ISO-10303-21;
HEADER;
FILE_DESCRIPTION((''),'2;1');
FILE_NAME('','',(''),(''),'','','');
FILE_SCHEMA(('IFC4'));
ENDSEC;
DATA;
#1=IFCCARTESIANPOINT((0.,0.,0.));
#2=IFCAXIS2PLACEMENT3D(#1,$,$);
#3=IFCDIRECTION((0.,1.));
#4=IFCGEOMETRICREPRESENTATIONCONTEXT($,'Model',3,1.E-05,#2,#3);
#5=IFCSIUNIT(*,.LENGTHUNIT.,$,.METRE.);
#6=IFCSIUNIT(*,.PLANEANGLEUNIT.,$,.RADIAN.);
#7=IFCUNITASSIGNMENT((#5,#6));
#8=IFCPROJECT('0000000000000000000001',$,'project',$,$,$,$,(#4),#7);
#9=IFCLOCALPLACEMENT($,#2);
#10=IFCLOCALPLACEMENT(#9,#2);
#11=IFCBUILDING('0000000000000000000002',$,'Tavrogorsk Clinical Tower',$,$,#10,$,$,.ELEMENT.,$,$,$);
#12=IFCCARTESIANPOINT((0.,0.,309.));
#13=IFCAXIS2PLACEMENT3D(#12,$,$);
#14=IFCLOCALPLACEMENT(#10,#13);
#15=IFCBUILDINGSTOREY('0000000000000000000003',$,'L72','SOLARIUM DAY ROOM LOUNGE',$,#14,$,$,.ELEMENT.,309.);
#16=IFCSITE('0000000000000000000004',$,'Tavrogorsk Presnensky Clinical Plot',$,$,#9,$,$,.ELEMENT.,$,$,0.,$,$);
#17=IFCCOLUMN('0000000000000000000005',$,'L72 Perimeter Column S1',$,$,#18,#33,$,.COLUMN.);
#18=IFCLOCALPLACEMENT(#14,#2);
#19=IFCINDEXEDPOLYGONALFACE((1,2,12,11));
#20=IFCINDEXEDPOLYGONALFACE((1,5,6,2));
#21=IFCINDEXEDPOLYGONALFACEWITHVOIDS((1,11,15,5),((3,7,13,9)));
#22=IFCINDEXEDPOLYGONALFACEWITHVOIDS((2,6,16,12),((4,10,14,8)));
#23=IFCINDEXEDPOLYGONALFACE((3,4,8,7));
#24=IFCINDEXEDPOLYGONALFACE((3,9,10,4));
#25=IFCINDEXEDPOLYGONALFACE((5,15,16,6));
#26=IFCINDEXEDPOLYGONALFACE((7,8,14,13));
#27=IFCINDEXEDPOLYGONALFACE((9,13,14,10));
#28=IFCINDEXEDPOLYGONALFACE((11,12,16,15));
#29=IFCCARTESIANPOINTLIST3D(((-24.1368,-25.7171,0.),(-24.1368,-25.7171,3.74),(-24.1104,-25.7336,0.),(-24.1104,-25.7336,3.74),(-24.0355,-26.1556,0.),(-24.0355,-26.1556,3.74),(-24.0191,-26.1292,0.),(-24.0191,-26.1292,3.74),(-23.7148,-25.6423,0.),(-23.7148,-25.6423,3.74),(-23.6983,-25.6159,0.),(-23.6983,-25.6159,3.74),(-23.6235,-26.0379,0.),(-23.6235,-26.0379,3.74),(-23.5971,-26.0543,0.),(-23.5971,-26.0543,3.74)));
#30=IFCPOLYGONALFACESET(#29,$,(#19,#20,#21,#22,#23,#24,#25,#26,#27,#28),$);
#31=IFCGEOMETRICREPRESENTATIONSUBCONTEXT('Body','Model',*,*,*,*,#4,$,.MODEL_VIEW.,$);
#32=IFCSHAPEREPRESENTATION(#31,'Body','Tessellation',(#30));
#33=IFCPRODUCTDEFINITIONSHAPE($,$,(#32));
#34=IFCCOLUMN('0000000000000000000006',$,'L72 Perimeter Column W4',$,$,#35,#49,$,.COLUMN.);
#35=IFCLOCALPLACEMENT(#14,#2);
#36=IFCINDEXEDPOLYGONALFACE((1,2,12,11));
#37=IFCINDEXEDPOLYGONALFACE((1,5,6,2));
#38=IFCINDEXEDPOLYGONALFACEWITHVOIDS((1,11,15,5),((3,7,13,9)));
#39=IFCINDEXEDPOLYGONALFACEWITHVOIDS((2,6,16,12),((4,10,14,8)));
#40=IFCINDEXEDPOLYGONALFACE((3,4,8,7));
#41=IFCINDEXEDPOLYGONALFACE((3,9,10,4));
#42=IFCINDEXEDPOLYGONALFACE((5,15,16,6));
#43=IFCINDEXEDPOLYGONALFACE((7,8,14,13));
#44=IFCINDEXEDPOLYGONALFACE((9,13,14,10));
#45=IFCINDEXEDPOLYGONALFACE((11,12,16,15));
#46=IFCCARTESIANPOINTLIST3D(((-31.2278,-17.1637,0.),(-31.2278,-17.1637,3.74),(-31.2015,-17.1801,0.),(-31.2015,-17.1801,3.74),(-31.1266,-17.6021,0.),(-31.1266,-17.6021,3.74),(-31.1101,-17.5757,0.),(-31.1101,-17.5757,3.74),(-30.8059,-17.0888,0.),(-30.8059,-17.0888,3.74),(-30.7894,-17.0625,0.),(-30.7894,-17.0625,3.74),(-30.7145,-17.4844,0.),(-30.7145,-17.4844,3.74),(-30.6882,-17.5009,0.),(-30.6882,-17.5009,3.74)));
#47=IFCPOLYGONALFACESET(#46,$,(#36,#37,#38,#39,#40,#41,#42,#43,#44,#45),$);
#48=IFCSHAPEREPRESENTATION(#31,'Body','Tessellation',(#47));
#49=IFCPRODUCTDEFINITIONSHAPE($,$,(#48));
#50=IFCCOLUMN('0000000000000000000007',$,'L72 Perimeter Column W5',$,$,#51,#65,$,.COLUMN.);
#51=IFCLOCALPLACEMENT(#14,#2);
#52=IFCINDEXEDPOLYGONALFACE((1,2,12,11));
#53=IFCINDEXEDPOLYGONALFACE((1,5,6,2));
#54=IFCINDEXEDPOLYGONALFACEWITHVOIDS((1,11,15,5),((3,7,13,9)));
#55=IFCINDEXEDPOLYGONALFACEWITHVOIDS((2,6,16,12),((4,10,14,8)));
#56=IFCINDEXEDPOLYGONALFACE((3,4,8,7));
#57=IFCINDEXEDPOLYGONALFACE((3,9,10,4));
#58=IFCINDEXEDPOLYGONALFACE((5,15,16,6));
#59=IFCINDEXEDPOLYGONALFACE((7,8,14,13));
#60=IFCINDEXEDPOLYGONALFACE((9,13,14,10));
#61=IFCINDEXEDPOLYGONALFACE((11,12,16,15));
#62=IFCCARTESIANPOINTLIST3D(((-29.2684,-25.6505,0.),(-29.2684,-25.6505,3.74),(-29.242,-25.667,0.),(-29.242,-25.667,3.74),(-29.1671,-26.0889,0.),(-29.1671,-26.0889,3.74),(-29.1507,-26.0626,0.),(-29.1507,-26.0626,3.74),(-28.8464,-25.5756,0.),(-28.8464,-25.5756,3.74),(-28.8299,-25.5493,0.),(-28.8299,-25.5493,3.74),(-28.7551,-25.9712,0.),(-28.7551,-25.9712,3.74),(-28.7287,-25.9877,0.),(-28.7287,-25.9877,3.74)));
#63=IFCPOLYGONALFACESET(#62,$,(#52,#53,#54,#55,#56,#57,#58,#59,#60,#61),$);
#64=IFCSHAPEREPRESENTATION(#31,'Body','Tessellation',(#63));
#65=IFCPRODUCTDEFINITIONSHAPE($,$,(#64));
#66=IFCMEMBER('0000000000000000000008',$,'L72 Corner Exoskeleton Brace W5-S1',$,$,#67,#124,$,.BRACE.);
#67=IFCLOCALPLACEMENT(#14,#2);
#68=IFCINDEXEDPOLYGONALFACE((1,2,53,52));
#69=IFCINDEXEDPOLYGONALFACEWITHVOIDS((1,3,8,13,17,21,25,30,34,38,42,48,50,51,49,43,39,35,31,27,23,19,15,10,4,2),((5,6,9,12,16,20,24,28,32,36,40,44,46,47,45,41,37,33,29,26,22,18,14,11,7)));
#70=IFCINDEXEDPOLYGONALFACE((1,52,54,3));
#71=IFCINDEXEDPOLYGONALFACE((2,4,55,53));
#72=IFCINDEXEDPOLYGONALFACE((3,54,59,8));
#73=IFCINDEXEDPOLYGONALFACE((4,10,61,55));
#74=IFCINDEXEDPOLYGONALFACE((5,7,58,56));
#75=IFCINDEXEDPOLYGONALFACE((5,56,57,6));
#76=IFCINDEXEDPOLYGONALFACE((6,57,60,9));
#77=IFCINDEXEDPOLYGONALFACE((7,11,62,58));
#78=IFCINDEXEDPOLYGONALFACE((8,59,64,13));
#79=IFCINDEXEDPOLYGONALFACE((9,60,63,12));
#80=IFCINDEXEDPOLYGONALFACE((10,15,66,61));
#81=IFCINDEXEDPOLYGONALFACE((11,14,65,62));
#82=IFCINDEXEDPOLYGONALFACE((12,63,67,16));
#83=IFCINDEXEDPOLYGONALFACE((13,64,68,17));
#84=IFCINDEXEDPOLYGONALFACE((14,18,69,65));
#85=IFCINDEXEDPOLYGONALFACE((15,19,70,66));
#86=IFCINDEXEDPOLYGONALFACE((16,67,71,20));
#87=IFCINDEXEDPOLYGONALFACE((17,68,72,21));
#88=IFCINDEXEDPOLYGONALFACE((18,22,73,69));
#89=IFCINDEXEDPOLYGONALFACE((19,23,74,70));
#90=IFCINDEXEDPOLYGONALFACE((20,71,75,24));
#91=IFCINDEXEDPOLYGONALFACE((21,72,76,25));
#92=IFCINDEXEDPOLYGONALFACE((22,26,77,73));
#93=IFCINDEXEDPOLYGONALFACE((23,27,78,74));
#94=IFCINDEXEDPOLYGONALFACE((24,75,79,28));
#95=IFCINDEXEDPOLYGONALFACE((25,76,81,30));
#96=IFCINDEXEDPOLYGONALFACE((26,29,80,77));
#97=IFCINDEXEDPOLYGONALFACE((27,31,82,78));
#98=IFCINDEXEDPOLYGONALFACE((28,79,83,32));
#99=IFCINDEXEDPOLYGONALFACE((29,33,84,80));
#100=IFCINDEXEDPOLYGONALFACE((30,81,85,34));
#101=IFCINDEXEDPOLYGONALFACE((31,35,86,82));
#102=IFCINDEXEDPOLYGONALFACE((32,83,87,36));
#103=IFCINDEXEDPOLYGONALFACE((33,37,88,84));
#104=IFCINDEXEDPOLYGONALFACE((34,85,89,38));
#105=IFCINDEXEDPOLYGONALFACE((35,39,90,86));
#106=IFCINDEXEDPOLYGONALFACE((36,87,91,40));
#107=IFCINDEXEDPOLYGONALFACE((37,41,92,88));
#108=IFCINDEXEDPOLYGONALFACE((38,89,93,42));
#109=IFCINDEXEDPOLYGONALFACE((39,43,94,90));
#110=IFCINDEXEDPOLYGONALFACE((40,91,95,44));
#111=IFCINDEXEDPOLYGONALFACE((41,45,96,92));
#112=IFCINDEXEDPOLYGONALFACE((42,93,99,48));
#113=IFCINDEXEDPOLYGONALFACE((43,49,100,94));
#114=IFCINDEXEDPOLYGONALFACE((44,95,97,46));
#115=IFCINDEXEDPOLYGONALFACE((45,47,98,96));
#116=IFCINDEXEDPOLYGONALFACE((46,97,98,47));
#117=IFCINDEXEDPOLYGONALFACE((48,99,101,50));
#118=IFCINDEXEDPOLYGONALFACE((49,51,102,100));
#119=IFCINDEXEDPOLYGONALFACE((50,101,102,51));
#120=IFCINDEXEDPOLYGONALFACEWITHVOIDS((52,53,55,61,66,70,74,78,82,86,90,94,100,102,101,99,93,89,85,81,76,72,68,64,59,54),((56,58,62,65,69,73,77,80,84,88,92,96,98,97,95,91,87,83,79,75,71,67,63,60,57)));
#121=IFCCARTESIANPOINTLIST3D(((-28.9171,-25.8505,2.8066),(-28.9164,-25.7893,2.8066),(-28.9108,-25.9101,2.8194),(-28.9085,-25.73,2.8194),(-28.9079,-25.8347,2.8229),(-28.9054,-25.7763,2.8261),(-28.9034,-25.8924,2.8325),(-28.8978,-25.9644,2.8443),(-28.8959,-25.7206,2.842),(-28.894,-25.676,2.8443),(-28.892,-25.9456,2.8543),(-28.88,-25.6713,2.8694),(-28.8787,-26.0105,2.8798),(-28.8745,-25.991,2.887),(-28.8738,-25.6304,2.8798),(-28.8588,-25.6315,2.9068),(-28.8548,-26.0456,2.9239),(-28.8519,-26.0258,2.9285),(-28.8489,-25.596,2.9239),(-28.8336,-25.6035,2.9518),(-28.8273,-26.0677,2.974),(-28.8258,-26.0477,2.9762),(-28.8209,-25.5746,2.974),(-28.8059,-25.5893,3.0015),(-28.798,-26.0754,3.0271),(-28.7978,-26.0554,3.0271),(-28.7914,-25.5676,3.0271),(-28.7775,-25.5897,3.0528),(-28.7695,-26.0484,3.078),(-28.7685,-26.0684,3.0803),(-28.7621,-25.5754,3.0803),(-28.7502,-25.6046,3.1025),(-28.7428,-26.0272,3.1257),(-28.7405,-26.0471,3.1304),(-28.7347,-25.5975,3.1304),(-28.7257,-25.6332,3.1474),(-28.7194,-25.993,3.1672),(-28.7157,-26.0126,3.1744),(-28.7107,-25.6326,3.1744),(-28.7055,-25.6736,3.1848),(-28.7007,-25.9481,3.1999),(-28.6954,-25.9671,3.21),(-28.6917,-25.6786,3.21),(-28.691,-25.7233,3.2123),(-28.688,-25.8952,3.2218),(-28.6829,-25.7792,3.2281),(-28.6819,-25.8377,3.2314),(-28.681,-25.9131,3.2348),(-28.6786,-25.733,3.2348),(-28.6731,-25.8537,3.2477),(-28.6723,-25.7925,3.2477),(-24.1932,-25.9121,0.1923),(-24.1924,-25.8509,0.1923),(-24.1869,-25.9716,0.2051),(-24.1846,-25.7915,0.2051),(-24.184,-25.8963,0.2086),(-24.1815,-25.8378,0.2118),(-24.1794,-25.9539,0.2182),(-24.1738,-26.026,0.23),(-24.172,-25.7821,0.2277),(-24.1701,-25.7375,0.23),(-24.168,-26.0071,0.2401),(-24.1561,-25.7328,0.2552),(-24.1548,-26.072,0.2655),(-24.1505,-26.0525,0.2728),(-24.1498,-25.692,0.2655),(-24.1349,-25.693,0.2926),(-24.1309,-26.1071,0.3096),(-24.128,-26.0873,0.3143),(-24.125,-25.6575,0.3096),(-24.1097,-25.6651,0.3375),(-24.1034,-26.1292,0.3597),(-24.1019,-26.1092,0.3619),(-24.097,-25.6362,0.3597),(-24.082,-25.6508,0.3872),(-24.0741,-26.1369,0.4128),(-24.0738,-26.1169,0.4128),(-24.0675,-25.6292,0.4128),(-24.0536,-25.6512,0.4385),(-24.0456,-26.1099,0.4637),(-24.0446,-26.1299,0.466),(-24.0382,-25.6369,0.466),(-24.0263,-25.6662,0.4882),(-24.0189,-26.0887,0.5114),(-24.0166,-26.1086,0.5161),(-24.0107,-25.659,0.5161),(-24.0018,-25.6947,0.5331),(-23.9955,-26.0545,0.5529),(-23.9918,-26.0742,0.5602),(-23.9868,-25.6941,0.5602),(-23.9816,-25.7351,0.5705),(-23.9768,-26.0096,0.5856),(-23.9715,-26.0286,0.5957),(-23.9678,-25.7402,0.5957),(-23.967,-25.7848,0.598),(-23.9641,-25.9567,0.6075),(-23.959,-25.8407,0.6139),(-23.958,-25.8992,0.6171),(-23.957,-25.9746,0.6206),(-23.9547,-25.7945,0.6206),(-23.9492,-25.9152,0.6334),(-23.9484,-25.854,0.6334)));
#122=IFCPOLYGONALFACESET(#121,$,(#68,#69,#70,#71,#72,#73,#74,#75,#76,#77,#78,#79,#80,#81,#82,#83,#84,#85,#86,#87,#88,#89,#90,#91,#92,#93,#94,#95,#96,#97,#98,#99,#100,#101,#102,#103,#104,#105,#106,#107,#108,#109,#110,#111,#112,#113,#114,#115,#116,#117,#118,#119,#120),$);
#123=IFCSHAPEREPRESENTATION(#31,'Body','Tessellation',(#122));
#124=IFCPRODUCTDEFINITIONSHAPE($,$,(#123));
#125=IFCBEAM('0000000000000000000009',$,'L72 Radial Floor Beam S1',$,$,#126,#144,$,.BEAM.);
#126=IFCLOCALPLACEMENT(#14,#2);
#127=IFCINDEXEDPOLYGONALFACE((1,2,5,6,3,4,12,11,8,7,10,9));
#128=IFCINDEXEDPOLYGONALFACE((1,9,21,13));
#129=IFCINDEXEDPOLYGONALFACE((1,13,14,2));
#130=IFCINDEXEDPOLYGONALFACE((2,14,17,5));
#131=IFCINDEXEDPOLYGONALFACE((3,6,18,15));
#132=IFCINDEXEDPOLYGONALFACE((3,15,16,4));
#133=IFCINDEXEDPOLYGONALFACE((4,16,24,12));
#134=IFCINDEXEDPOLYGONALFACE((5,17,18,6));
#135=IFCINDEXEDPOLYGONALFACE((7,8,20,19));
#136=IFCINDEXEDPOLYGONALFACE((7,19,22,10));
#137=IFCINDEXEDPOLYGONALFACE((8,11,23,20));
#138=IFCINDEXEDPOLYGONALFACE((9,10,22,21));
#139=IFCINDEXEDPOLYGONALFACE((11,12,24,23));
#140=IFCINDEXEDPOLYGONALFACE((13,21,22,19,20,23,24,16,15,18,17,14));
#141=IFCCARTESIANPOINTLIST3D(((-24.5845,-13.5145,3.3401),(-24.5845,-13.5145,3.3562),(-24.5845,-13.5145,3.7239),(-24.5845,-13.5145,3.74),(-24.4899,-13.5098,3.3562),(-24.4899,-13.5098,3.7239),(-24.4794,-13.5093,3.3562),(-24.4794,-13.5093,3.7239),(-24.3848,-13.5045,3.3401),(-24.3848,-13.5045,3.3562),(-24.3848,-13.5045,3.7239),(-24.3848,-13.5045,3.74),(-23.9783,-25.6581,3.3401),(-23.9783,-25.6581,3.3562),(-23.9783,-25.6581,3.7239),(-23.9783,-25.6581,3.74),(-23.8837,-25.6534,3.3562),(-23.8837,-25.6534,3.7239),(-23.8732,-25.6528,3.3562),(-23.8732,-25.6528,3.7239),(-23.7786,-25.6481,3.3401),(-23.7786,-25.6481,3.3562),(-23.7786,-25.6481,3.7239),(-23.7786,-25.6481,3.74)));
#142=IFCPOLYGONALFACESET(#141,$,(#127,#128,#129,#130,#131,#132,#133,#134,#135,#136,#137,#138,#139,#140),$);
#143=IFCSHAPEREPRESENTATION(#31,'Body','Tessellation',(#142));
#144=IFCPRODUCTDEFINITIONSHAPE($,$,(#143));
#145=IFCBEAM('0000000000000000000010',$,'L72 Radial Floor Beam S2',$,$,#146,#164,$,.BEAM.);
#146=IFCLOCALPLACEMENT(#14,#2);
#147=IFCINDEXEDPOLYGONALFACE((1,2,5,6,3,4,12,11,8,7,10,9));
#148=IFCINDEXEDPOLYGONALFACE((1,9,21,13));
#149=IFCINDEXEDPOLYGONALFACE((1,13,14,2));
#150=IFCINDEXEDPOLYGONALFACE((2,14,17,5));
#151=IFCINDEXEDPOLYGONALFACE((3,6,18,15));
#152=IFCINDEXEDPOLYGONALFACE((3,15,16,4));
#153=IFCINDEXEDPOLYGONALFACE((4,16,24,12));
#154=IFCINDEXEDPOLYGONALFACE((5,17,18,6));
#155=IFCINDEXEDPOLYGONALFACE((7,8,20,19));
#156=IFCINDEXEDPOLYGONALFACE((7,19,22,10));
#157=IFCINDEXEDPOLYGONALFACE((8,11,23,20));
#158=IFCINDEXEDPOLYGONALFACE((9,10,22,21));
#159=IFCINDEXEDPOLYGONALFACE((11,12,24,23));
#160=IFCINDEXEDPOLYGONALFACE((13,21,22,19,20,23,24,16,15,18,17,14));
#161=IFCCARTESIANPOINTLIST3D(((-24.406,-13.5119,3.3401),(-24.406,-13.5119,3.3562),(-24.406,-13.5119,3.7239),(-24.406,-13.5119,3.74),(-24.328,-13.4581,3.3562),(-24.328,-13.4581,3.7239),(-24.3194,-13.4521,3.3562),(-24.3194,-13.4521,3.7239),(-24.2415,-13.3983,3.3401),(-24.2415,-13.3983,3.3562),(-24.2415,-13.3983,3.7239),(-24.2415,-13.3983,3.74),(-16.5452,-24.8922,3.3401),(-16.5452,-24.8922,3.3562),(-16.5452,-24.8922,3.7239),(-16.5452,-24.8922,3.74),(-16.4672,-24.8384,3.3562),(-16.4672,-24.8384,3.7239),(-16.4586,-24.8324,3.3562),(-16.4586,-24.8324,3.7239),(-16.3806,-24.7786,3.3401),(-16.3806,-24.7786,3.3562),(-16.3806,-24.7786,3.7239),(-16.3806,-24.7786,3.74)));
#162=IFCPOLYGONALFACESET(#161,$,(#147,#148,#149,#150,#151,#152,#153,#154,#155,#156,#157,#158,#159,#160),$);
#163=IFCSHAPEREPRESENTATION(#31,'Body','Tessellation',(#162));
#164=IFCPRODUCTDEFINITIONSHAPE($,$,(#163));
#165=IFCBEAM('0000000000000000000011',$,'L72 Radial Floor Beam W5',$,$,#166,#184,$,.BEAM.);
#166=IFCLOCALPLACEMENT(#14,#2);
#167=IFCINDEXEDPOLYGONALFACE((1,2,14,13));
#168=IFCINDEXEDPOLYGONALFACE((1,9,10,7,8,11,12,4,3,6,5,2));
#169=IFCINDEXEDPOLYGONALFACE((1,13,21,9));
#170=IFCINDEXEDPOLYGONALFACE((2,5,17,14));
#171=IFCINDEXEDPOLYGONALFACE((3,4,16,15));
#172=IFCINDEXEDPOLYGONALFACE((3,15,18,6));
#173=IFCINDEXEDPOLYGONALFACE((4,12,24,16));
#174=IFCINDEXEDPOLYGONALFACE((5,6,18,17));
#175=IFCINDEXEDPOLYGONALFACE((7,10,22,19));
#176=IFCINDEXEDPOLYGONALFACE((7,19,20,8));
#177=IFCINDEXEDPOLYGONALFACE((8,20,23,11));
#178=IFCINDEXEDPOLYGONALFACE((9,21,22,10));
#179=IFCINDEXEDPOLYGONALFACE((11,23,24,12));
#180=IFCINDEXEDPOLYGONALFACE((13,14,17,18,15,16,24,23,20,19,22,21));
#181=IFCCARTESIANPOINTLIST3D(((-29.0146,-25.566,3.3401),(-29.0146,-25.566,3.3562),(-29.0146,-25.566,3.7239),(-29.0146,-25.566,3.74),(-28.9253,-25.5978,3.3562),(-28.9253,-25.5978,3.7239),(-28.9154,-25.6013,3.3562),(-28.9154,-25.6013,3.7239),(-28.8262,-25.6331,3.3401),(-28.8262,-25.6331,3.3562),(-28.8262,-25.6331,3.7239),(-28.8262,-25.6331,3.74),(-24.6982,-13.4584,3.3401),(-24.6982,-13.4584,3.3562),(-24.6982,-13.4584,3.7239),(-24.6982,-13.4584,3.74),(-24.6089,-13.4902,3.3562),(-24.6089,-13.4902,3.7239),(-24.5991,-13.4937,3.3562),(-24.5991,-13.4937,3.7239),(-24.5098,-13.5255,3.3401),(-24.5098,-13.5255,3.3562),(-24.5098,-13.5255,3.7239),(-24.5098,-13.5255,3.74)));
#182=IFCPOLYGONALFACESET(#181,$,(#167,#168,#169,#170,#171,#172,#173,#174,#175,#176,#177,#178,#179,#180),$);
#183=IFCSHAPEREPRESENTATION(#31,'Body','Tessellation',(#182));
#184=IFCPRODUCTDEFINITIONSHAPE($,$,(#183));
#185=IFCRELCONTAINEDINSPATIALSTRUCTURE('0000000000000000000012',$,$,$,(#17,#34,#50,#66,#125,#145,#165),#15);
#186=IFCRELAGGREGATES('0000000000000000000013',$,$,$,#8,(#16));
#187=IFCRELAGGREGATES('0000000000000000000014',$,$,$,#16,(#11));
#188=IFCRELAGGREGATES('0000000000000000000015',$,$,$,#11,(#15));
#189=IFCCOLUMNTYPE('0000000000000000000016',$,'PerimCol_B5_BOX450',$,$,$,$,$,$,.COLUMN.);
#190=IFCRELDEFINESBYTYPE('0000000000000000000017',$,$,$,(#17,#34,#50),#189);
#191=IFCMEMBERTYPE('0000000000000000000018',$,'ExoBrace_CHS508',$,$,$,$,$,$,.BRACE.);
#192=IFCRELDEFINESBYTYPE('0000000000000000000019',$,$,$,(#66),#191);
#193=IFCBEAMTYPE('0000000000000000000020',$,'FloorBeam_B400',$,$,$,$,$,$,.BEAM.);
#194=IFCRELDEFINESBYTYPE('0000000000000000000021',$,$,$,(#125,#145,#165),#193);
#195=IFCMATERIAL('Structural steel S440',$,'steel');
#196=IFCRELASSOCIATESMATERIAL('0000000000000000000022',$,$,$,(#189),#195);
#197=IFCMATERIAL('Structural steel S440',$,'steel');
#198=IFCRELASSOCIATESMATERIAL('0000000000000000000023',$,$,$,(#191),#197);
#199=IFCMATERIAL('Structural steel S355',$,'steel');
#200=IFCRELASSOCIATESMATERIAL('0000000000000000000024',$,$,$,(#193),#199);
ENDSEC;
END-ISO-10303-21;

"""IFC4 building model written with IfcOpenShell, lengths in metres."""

from ifc_helpers import new_model, si_unit, direction, frame, origin, origin_2d, place, context, subcontext, project, spatial, hollow_rectangle, hollow_circle, i_section, extrude, material, material_profile, profile_set, type_object, element, save


model = new_model("IFC4")

# Units and contexts
model_context = context("Model", 3, precision=1e-05, world=origin(), true_north=direction((0.0, 1.0)))
body_context = subcontext(model_context, "Body", "Model", "MODEL_VIEW")
ifc_project = project(units=[si_unit("LENGTHUNIT", "METRE"), si_unit("PLANEANGLEUNIT", "RADIAN")], contexts=[model_context])

# Site, building, storey
site_placement = place(None, origin())
site = spatial("IfcSite", under=ifc_project, at=site_placement, Name="Tavrogorsk Presnensky Clinical Plot", CompositionType="ELEMENT", RefElevation=0.0)
building_placement = place(site_placement, origin())
building = spatial("IfcBuilding", under=site, at=building_placement, Name="Tavrogorsk Clinical Tower", CompositionType="ELEMENT")
storey_placement = place(building_placement, frame((0.0, 0.0, 309.0)))
storey = spatial("IfcBuildingStorey", under=building, at=storey_placement, Name="L72", Description="SOLARIUM DAY ROOM LOUNGE", CompositionType="ELEMENT", Elevation=309.0)

# Columns
ifc_material_1 = material(Name="Structural steel S440", Category="steel")
ifc_material_profile_1 = material_profile(ifc_material_1, hollow_rectangle(XDim=0.45, YDim=0.45, WallThickness=0.022, at=origin_2d()), Name="BOX-450x450x22")
ifc_profile_set_1 = profile_set([ifc_material_profile_1], Name="Structural steel S440")
column_type = type_object("IfcColumnType", Name="PerimCol_B5_BOX450", PredefinedType="COLUMN", material=ifc_profile_set_1)
for number, where, z_axis, x_axis, name in (
    (1, (-23.8669, -25.8857, 0.0), (0.0, 0.0, 1.0), (0.97437, 0.224951, 0.0), "L72 Perimeter Column S1"),
    (2, (-30.958, -17.3323, 0.0), (0.0, 0.0, 1.0), (0.97437, 0.224951, 0.0), "L72 Perimeter Column W4"),
    (3, (-28.9985, -25.8191, 0.0), (0.0, 0.0, 1.0), (0.97437, 0.224951, 0.0), "L72 Perimeter Column W5"),
):
    element("IfcColumn", number, at=place(storey_placement, frame(where, z_axis=z_axis, x_axis=x_axis)), inside=storey, type_object=column_type, Name=name, PredefinedType="COLUMN", context=body_context, shape_type="SweptSolid", body=[
        extrude(hollow_rectangle(XDim=0.45, YDim=0.45, WallThickness=0.022, at=origin_2d()), origin(), (0.0, 0.0, 1.0), 3.74),
    ])

# Member
ifc_material_2 = material(Name="Structural steel S440", Category="steel")
ifc_material_profile_2 = material_profile(ifc_material_2, hollow_circle(Radius=0.2539, WallThickness=0.02, at=origin_2d()), Name="CHS-508x20")
ifc_profile_set_2 = profile_set([ifc_material_profile_2], Name="Structural steel S440")
member_type_1 = type_object("IfcMemberType", Name="ExoBrace_CHS508", PredefinedType="BRACE", material=ifc_profile_set_2)
member_placement = place(storey_placement, frame((-24.0708, -25.8831, 0.4128), z_axis=(-0.874895, 0.011395, 0.484179), x_axis=(-0.013023, -0.999915, 0.0)))
element("IfcMember", 4, at=member_placement, inside=storey, type_object=member_type_1, Name="L72 Corner Exoskeleton Brace W5-S1", PredefinedType="BRACE", context=body_context, shape_type="SweptSolid", body=[
    extrude(hollow_circle(Radius=0.2539, WallThickness=0.02, at=origin_2d()), origin(), (0.0, 0.0, 1.0), 5.3994),
])

# Beams
ifc_material_3 = material(Name="Structural steel S355", Category="steel")
ifc_material_profile_3 = material_profile(ifc_material_3, i_section(OverallWidth=0.2, OverallDepth=0.3999, WebThickness=0.0105, FlangeThickness=0.0161, at=origin_2d()), Name="B-400x200x10.5x16")
ifc_profile_set_3 = profile_set([ifc_material_profile_3], Name="Structural steel S355")
beam_type_1 = type_object("IfcBeamType", Name="FloorBeam_B400", PredefinedType="BEAM", material=ifc_profile_set_3)
beam_1_placement = place(storey_placement, frame((-24.4846, -13.5095, 3.54), z_axis=(0.049857, -0.998756, 0.0), x_axis=(0.998756, 0.049857, 0.0)))
element("IfcBeam", 5, at=beam_1_placement, inside=storey, type_object=beam_type_1, Name="L72 Radial Floor Beam S1", PredefinedType="BEAM", context=body_context, shape_type="SweptSolid", body=[
    extrude(i_section(OverallWidth=0.2, OverallDepth=0.3999, WebThickness=0.0105, FlangeThickness=0.0161, at=origin_2d()), origin(), (0.0, 0.0, 1.0), 12.1587),
])
beam_2_placement = place(storey_placement, frame((-24.3237, -13.4551, 3.54), z_axis=(0.568336, -0.822797, 0.0), x_axis=(0.822797, 0.568336, 0.0)))
element("IfcBeam", 6, at=beam_2_placement, inside=storey, type_object=beam_type_1, Name="L72 Radial Floor Beam S2", PredefinedType="BEAM", context=body_context, shape_type="SweptSolid", body=[
    extrude(i_section(OverallWidth=0.2, OverallDepth=0.3999, WebThickness=0.0105, FlangeThickness=0.0161, at=origin_2d()), origin(), (0.0, 0.0, 1.0), 13.8313),
])
beam_3_placement = place(storey_placement, frame((-24.604, -13.4919, 3.54), z_axis=(-0.335801, -0.941933, 0.0), x_axis=(0.941933, -0.335801, 0.0)))
element("IfcBeam", 7, at=beam_3_placement, inside=storey, type_object=beam_type_1, Name="L72 Radial Floor Beam W5", PredefinedType="BEAM", context=body_context, shape_type="SweptSolid", body=[
    extrude(i_section(OverallWidth=0.2, OverallDepth=0.3999, WebThickness=0.0105, FlangeThickness=0.0161, at=origin_2d()), origin(), (0.0, 0.0, 1.0), 12.854),
])

save(model, "model.ifc")
